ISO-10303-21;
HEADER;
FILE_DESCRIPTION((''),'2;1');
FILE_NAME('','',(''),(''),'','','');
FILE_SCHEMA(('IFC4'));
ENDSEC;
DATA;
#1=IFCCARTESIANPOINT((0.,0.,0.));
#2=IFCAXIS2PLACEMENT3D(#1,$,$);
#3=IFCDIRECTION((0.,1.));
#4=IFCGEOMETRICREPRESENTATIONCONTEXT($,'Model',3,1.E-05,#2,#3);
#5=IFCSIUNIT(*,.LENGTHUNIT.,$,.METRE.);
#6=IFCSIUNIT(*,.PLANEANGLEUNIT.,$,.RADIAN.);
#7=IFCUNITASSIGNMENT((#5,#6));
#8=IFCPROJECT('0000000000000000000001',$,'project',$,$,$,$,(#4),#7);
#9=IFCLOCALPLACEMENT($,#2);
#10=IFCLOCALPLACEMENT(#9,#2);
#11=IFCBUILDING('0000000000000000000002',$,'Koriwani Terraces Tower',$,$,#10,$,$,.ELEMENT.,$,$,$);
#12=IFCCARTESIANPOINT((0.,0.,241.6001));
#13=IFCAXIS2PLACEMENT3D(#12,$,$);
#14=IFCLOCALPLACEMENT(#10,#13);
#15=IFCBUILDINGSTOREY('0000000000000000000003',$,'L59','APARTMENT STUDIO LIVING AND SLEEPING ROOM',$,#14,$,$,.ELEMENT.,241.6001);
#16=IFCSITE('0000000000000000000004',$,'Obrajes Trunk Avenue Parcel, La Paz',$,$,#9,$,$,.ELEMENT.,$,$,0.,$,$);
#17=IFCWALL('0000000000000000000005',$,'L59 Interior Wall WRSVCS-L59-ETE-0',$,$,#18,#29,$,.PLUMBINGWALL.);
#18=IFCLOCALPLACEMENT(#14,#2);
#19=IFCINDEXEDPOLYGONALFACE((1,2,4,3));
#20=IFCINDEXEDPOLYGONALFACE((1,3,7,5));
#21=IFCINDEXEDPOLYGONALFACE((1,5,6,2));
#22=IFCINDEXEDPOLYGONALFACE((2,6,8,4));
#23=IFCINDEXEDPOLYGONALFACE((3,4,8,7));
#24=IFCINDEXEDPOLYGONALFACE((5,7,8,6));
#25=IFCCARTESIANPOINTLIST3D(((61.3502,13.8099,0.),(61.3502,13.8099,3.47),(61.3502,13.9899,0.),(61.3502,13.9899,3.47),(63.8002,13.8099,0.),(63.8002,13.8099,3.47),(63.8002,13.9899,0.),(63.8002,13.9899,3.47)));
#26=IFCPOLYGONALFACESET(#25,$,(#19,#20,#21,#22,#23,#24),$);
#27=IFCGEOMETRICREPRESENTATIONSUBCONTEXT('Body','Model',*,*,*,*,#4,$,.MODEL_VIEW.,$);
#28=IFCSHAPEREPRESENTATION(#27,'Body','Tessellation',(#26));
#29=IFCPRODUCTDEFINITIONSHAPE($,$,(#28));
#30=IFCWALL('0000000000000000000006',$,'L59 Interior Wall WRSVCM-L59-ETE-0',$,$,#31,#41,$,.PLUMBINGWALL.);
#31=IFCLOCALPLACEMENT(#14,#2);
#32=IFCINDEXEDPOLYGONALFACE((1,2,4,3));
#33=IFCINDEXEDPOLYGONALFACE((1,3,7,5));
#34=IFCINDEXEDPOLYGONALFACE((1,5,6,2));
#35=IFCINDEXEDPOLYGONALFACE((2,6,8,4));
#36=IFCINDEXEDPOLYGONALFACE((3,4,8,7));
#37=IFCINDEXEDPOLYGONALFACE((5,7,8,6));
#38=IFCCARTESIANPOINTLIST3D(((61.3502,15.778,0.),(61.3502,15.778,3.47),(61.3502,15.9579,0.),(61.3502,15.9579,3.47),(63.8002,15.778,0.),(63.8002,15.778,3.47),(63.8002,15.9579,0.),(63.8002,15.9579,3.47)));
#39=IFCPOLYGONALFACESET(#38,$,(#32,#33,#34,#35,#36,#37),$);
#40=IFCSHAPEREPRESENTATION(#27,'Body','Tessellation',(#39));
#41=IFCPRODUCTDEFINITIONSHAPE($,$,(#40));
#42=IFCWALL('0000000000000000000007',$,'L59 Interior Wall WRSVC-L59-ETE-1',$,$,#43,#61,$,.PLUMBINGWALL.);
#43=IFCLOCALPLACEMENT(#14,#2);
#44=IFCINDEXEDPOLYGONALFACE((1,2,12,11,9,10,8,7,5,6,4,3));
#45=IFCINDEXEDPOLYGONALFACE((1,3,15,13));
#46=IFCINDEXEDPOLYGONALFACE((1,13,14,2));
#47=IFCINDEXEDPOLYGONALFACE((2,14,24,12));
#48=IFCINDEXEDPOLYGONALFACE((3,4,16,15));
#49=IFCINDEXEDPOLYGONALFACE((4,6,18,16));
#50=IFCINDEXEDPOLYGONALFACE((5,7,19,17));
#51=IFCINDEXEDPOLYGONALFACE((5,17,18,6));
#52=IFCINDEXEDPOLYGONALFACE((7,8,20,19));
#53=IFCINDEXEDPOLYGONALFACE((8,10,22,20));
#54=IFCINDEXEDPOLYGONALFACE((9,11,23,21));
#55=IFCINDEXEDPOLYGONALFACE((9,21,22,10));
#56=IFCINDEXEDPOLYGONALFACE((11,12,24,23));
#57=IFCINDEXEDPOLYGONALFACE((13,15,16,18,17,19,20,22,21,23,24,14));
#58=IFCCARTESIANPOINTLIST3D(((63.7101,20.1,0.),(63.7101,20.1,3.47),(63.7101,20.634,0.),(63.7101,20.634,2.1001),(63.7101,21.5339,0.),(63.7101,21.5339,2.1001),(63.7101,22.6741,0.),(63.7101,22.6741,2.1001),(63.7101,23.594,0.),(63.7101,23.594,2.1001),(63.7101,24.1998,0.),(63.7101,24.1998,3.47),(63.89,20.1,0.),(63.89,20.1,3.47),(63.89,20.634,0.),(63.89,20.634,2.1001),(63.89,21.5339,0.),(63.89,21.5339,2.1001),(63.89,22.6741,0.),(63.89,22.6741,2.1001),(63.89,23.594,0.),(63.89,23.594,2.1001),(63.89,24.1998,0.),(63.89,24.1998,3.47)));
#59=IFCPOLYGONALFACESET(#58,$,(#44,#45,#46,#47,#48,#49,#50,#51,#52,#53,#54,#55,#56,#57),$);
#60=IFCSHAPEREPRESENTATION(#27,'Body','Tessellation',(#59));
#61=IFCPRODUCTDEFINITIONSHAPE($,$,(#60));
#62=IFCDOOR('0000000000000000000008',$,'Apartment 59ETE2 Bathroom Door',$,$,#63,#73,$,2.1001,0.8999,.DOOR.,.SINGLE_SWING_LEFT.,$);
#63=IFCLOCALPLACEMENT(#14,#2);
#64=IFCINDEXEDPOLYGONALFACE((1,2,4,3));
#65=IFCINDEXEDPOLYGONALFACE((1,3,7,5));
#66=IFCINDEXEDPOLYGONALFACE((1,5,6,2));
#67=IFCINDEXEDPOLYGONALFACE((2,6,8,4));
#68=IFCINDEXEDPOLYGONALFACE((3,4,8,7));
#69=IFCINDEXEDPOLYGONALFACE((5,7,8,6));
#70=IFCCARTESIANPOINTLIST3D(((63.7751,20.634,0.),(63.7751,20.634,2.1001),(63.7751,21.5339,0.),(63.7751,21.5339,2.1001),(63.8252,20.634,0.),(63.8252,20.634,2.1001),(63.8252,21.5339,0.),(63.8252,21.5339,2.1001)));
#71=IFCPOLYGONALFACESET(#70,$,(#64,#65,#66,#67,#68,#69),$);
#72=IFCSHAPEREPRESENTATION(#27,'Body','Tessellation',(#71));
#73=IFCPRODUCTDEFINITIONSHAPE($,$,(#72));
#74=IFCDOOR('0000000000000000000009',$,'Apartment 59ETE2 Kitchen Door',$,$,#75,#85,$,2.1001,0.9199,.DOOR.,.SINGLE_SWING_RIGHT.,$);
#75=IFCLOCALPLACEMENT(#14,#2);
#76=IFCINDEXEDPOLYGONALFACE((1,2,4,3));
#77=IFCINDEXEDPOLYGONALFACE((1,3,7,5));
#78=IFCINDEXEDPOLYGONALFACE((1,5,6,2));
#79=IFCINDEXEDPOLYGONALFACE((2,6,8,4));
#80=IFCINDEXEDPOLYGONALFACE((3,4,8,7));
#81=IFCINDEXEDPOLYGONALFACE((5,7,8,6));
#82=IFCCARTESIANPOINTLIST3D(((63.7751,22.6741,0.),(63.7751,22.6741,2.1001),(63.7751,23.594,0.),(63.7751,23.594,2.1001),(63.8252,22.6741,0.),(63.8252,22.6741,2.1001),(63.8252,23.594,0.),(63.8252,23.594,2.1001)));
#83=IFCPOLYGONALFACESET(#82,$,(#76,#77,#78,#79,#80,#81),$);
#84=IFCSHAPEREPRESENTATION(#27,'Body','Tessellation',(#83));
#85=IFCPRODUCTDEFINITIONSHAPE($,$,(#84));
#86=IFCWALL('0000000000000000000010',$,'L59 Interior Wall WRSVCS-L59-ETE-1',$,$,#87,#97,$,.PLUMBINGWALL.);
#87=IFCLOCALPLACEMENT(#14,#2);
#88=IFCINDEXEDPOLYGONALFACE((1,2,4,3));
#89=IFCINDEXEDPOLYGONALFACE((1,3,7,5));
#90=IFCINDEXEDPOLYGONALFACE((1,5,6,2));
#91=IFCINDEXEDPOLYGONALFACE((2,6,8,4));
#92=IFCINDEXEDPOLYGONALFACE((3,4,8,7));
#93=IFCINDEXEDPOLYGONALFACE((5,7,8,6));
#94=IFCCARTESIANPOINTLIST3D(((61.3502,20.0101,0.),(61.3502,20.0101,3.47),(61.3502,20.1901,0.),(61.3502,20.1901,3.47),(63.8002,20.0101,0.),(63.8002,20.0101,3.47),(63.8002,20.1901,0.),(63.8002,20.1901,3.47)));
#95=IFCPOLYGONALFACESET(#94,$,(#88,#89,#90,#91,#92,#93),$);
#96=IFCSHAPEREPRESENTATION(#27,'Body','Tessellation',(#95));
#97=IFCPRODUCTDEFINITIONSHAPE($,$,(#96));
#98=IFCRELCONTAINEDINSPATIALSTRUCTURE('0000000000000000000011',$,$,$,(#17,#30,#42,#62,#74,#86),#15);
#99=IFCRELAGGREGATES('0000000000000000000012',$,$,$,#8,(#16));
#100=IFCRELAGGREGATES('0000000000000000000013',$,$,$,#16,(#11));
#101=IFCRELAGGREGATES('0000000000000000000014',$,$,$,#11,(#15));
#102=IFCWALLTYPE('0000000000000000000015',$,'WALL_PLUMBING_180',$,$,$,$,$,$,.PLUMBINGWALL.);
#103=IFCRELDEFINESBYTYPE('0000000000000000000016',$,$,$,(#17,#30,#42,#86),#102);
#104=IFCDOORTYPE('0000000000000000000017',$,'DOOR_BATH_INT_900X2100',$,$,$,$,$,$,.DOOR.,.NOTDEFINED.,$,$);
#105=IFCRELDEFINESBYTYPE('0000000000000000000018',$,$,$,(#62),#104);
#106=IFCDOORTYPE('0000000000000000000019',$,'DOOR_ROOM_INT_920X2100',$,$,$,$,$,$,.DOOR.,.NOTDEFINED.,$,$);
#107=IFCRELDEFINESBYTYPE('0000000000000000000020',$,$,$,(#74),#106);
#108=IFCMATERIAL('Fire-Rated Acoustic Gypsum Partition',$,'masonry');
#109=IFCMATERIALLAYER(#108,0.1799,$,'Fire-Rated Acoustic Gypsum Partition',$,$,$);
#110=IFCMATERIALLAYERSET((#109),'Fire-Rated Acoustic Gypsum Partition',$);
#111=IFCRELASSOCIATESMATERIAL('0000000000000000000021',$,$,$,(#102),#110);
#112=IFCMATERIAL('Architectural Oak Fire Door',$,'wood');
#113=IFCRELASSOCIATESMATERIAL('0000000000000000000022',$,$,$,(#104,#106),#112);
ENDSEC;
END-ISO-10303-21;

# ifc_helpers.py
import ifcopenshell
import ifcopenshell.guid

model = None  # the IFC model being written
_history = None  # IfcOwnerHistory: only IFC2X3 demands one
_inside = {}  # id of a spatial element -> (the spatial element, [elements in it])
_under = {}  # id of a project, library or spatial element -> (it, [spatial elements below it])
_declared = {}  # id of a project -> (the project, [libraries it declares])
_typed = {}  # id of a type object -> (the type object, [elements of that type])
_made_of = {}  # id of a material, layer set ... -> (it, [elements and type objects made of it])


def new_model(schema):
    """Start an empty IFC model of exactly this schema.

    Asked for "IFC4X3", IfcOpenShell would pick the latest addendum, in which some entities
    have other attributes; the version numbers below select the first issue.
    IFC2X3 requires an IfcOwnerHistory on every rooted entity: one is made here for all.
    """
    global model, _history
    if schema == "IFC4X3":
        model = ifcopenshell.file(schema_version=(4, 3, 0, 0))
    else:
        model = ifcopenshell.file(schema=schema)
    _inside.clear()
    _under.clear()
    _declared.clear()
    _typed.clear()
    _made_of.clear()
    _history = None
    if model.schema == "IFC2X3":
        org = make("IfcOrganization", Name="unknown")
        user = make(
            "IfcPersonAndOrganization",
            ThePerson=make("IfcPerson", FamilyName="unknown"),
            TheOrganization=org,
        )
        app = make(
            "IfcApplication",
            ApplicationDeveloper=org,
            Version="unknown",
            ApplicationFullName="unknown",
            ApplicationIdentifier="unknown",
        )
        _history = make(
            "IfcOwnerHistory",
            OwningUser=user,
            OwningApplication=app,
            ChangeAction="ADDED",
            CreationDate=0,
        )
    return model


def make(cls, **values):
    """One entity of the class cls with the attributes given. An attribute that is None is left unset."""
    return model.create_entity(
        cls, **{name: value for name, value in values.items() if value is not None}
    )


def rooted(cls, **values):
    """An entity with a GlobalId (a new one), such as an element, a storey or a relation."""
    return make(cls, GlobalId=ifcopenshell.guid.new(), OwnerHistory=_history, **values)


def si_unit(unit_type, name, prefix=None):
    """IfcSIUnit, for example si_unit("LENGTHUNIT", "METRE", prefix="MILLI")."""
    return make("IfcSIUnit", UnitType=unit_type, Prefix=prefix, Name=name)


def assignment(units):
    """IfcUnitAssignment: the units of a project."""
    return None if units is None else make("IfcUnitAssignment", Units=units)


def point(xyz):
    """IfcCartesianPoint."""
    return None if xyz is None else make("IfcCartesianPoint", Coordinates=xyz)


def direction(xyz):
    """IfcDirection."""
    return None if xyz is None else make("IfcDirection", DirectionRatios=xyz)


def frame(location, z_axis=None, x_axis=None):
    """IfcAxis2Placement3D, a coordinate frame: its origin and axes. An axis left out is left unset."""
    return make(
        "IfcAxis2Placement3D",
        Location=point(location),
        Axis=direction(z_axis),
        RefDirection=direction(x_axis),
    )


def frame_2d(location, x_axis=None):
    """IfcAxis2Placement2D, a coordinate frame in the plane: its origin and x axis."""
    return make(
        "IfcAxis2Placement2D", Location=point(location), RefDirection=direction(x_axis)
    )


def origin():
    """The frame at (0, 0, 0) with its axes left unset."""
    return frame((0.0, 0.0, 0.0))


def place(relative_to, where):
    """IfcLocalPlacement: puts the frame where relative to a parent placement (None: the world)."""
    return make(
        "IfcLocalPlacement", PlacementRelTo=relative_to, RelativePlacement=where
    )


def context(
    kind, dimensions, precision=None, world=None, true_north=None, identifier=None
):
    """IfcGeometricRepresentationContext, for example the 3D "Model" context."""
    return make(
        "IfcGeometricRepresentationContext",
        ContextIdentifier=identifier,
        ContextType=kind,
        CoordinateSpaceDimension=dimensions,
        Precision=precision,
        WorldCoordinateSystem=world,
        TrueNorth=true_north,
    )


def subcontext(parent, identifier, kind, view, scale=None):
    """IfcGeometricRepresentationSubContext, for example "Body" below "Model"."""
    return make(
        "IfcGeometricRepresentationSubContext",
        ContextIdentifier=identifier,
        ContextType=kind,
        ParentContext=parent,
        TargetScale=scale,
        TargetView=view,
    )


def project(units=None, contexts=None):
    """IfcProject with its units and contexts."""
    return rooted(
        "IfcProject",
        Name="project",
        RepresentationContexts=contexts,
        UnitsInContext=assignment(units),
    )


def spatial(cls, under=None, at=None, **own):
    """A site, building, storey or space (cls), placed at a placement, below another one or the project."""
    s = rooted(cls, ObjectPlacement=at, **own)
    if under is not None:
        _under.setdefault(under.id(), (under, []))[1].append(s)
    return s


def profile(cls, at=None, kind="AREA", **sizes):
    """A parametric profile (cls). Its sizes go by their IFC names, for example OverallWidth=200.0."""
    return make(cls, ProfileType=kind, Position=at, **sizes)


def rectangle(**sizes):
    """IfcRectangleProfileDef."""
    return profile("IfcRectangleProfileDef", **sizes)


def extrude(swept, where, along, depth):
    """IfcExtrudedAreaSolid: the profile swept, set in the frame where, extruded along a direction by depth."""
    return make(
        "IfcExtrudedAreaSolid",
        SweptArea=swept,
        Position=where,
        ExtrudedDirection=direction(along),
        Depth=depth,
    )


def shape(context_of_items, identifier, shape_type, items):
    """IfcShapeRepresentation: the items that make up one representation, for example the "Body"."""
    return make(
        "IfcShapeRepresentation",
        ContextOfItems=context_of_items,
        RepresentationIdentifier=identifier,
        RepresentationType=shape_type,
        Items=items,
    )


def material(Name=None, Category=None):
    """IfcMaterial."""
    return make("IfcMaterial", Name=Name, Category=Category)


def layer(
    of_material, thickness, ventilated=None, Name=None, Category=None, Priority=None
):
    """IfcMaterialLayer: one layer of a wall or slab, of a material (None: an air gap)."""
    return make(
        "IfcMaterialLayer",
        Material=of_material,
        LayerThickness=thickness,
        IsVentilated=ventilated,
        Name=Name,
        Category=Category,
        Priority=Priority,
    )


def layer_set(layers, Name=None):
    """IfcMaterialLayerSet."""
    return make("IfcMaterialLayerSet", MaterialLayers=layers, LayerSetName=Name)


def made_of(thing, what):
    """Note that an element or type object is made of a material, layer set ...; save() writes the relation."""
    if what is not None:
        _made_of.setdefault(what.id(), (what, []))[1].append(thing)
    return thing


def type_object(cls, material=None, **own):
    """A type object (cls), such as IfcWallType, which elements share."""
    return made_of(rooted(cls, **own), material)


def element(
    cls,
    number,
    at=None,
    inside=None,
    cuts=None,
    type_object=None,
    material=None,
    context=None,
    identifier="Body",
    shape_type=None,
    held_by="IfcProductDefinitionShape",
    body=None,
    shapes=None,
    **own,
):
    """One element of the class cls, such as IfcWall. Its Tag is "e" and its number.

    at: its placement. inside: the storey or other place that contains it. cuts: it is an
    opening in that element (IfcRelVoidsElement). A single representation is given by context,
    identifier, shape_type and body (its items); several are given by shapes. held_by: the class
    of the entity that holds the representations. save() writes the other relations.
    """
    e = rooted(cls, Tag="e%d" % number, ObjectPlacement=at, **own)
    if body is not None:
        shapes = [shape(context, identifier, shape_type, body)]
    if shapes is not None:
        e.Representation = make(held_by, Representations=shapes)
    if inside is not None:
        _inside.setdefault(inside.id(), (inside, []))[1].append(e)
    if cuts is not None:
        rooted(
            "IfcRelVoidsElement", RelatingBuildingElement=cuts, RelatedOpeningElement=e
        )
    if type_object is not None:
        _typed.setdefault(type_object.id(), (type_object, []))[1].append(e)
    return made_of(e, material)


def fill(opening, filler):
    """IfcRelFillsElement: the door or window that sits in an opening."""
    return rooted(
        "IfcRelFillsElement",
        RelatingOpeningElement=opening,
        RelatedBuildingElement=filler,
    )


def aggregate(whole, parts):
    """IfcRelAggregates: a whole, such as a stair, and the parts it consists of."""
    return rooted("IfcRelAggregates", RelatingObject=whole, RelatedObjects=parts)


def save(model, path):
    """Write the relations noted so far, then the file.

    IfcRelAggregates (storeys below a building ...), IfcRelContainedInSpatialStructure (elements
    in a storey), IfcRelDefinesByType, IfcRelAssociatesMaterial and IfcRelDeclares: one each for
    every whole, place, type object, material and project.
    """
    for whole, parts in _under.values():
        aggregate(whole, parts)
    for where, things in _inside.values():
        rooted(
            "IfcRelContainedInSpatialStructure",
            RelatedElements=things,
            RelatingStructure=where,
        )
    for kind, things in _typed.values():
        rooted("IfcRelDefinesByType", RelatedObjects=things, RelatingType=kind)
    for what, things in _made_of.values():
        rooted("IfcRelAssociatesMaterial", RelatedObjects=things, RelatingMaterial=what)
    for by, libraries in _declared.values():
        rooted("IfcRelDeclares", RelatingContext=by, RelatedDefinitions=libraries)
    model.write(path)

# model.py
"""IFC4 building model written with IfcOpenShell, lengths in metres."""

from ifc_helpers import new_model, si_unit, direction, frame, frame_2d, origin, place, context, subcontext, project, spatial, rectangle, extrude, material, layer, layer_set, type_object, element, fill, save


model = new_model("IFC4")

# Units and contexts
model_context = context("Model", 3, precision=1e-05, world=origin(), true_north=direction((0.0, 1.0)))
body_context = subcontext(model_context, "Body", "Model", "MODEL_VIEW")
ifc_project = project(units=[si_unit("LENGTHUNIT", "METRE"), si_unit("PLANEANGLEUNIT", "RADIAN")], contexts=[model_context])

# Site, building, storey
site_placement = place(None, origin())
site = spatial("IfcSite", under=ifc_project, at=site_placement, Name="Obrajes Trunk Avenue Parcel, La Paz", CompositionType="ELEMENT", RefElevation=0.0)
building_placement = place(site_placement, origin())
building = spatial("IfcBuilding", under=site, at=building_placement, Name="Koriwani Terraces Tower", CompositionType="ELEMENT")
storey_placement = place(building_placement, frame((0.0, 0.0, 241.6001)))
storey = spatial("IfcBuildingStorey", under=building, at=storey_placement, Name="L59", Description="APARTMENT STUDIO LIVING AND SLEEPING ROOM", CompositionType="ELEMENT", Elevation=241.6001)

# Shared definitions
ifc_material_1 = material(Name="Architectural Oak Fire Door", Category="wood")

# Shared definitions
ifc_material_2 = material(Name="Fire-Rated Acoustic Gypsum Partition", Category="masonry")
ifc_layer_1 = layer(ifc_material_2, 0.1799, Name="Fire-Rated Acoustic Gypsum Partition")
ifc_layer_set_1 = layer_set([ifc_layer_1], Name="Fire-Rated Acoustic Gypsum Partition")
wall_type_1 = type_object("IfcWallType", Name="WALL_PLUMBING_180", PredefinedType="PLUMBINGWALL", material=ifc_layer_set_1)
door_type_1 = type_object("IfcDoorType", Name="DOOR_BATH_INT_900X2100", OperationType="NOTDEFINED", PredefinedType="DOOR", material=ifc_material_1)
door_type_2 = type_object("IfcDoorType", Name="DOOR_ROOM_INT_920X2100", OperationType="NOTDEFINED", PredefinedType="DOOR", material=ifc_material_1)

# Walls
for number, where, z_axis, x_axis, name in (
    (1, (61.3501, 13.8999, 0.0), (0.0, 0.0, 1.0), (1.0, 0.0, 0.0), "L59 Interior Wall WRSVCS-L59-ETE-0"),
    (2, (61.3501, 15.8679, 0.0), (0.0, 0.0, 1.0), (1.0, 0.0, 0.0), "L59 Interior Wall WRSVCM-L59-ETE-0"),
):
    element("IfcWall", number, at=place(storey_placement, frame(where, z_axis=z_axis, x_axis=x_axis)), inside=storey, type_object=wall_type_1, Name=name, PredefinedType="PLUMBINGWALL", context=body_context, shape_type="SweptSolid", body=[
        extrude(rectangle(XDim=2.45, YDim=0.1799, at=frame_2d((1.2251, 0.0))), origin(), (0.0, 0.0, 1.0), 3.47),
    ])

# Wall, openings, doors
wall_1_placement = place(storey_placement, frame((63.8, 20.1001, 0.0), z_axis=(0.0, 0.0, 1.0), x_axis=(0.0, 1.0, 0.0)))
wall_1 = element("IfcWall", 3, at=wall_1_placement, inside=storey, type_object=wall_type_1, Name="L59 Interior Wall WRSVC-L59-ETE-1", PredefinedType="PLUMBINGWALL", context=body_context, shape_type="SweptSolid", body=[
    extrude(rectangle(XDim=4.0999, YDim=0.1799, at=frame_2d((2.0498, 0.0))), origin(), (0.0, 0.0, 1.0), 3.47),
])
opening_1_placement = place(wall_1_placement, frame((0.5339, 0.0, 0.0)))
opening_1 = element("IfcOpeningElement", 4, at=opening_1_placement, cuts=wall_1, PredefinedType="OPENING", context=body_context, shape_type="SweptSolid", body=[
    extrude(rectangle(XDim=0.8999, YDim=2.1001, at=frame_2d((0.45, 1.05))), frame((0.0, 0.1001, 0.0), z_axis=(0.0, -1.0, 0.0), x_axis=(1.0, 0.0, 0.0)), (0.0, 0.0, 1.0), 0.2),
])
opening_2_placement = place(wall_1_placement, frame((2.574, 0.0, 0.0)))
opening_2 = element("IfcOpeningElement", 5, at=opening_2_placement, cuts=wall_1, PredefinedType="OPENING", context=body_context, shape_type="SweptSolid", body=[
    extrude(rectangle(XDim=0.9199, YDim=2.1001, at=frame_2d((0.46, 1.05))), frame((0.0, 0.1001, 0.0), z_axis=(0.0, -1.0, 0.0), x_axis=(1.0, 0.0, 0.0)), (0.0, 0.0, 1.0), 0.2),
])
door_1_placement = place(opening_1_placement, origin())
door_1 = element("IfcDoor", 6, at=door_1_placement, inside=storey, type_object=door_type_1, Name="Apartment 59ETE2 Bathroom Door", OperationType="SINGLE_SWING_LEFT", OverallHeight=2.1001, OverallWidth=0.8999, PredefinedType="DOOR", context=body_context, shape_type="SweptSolid", body=[
    extrude(rectangle(XDim=0.8999, YDim=2.1001, at=frame_2d((0.45, 1.05))), frame((0.0, 0.0249, 0.0), z_axis=(0.0, -1.0, 0.0), x_axis=(1.0, 0.0, 0.0)), (0.0, 0.0, 1.0), 0.05),
])
fill(opening_1, door_1)
door_2_placement = place(opening_2_placement, origin())
door_2 = element("IfcDoor", 7, at=door_2_placement, inside=storey, type_object=door_type_2, Name="Apartment 59ETE2 Kitchen Door", OperationType="SINGLE_SWING_RIGHT", OverallHeight=2.1001, OverallWidth=0.9199, PredefinedType="DOOR", context=body_context, shape_type="SweptSolid", body=[
    extrude(rectangle(XDim=0.9199, YDim=2.1001, at=frame_2d((0.46, 1.05))), frame((0.0, 0.0249, 0.0), z_axis=(0.0, -1.0, 0.0), x_axis=(1.0, 0.0, 0.0)), (0.0, 0.0, 1.0), 0.05),
])
fill(opening_2, door_2)

# Wall
wall_2_placement = place(storey_placement, frame((61.3501, 20.1001, 0.0), z_axis=(0.0, 0.0, 1.0), x_axis=(1.0, 0.0, 0.0)))
element("IfcWall", 8, at=wall_2_placement, inside=storey, type_object=wall_type_1, Name="L59 Interior Wall WRSVCS-L59-ETE-1", PredefinedType="PLUMBINGWALL", context=body_context, shape_type="SweptSolid", body=[
    extrude(rectangle(XDim=2.45, YDim=0.1799, at=frame_2d((1.2251, 0.0))), origin(), (0.0, 0.0, 1.0), 3.47),
])

save(model, "model.ifc")
